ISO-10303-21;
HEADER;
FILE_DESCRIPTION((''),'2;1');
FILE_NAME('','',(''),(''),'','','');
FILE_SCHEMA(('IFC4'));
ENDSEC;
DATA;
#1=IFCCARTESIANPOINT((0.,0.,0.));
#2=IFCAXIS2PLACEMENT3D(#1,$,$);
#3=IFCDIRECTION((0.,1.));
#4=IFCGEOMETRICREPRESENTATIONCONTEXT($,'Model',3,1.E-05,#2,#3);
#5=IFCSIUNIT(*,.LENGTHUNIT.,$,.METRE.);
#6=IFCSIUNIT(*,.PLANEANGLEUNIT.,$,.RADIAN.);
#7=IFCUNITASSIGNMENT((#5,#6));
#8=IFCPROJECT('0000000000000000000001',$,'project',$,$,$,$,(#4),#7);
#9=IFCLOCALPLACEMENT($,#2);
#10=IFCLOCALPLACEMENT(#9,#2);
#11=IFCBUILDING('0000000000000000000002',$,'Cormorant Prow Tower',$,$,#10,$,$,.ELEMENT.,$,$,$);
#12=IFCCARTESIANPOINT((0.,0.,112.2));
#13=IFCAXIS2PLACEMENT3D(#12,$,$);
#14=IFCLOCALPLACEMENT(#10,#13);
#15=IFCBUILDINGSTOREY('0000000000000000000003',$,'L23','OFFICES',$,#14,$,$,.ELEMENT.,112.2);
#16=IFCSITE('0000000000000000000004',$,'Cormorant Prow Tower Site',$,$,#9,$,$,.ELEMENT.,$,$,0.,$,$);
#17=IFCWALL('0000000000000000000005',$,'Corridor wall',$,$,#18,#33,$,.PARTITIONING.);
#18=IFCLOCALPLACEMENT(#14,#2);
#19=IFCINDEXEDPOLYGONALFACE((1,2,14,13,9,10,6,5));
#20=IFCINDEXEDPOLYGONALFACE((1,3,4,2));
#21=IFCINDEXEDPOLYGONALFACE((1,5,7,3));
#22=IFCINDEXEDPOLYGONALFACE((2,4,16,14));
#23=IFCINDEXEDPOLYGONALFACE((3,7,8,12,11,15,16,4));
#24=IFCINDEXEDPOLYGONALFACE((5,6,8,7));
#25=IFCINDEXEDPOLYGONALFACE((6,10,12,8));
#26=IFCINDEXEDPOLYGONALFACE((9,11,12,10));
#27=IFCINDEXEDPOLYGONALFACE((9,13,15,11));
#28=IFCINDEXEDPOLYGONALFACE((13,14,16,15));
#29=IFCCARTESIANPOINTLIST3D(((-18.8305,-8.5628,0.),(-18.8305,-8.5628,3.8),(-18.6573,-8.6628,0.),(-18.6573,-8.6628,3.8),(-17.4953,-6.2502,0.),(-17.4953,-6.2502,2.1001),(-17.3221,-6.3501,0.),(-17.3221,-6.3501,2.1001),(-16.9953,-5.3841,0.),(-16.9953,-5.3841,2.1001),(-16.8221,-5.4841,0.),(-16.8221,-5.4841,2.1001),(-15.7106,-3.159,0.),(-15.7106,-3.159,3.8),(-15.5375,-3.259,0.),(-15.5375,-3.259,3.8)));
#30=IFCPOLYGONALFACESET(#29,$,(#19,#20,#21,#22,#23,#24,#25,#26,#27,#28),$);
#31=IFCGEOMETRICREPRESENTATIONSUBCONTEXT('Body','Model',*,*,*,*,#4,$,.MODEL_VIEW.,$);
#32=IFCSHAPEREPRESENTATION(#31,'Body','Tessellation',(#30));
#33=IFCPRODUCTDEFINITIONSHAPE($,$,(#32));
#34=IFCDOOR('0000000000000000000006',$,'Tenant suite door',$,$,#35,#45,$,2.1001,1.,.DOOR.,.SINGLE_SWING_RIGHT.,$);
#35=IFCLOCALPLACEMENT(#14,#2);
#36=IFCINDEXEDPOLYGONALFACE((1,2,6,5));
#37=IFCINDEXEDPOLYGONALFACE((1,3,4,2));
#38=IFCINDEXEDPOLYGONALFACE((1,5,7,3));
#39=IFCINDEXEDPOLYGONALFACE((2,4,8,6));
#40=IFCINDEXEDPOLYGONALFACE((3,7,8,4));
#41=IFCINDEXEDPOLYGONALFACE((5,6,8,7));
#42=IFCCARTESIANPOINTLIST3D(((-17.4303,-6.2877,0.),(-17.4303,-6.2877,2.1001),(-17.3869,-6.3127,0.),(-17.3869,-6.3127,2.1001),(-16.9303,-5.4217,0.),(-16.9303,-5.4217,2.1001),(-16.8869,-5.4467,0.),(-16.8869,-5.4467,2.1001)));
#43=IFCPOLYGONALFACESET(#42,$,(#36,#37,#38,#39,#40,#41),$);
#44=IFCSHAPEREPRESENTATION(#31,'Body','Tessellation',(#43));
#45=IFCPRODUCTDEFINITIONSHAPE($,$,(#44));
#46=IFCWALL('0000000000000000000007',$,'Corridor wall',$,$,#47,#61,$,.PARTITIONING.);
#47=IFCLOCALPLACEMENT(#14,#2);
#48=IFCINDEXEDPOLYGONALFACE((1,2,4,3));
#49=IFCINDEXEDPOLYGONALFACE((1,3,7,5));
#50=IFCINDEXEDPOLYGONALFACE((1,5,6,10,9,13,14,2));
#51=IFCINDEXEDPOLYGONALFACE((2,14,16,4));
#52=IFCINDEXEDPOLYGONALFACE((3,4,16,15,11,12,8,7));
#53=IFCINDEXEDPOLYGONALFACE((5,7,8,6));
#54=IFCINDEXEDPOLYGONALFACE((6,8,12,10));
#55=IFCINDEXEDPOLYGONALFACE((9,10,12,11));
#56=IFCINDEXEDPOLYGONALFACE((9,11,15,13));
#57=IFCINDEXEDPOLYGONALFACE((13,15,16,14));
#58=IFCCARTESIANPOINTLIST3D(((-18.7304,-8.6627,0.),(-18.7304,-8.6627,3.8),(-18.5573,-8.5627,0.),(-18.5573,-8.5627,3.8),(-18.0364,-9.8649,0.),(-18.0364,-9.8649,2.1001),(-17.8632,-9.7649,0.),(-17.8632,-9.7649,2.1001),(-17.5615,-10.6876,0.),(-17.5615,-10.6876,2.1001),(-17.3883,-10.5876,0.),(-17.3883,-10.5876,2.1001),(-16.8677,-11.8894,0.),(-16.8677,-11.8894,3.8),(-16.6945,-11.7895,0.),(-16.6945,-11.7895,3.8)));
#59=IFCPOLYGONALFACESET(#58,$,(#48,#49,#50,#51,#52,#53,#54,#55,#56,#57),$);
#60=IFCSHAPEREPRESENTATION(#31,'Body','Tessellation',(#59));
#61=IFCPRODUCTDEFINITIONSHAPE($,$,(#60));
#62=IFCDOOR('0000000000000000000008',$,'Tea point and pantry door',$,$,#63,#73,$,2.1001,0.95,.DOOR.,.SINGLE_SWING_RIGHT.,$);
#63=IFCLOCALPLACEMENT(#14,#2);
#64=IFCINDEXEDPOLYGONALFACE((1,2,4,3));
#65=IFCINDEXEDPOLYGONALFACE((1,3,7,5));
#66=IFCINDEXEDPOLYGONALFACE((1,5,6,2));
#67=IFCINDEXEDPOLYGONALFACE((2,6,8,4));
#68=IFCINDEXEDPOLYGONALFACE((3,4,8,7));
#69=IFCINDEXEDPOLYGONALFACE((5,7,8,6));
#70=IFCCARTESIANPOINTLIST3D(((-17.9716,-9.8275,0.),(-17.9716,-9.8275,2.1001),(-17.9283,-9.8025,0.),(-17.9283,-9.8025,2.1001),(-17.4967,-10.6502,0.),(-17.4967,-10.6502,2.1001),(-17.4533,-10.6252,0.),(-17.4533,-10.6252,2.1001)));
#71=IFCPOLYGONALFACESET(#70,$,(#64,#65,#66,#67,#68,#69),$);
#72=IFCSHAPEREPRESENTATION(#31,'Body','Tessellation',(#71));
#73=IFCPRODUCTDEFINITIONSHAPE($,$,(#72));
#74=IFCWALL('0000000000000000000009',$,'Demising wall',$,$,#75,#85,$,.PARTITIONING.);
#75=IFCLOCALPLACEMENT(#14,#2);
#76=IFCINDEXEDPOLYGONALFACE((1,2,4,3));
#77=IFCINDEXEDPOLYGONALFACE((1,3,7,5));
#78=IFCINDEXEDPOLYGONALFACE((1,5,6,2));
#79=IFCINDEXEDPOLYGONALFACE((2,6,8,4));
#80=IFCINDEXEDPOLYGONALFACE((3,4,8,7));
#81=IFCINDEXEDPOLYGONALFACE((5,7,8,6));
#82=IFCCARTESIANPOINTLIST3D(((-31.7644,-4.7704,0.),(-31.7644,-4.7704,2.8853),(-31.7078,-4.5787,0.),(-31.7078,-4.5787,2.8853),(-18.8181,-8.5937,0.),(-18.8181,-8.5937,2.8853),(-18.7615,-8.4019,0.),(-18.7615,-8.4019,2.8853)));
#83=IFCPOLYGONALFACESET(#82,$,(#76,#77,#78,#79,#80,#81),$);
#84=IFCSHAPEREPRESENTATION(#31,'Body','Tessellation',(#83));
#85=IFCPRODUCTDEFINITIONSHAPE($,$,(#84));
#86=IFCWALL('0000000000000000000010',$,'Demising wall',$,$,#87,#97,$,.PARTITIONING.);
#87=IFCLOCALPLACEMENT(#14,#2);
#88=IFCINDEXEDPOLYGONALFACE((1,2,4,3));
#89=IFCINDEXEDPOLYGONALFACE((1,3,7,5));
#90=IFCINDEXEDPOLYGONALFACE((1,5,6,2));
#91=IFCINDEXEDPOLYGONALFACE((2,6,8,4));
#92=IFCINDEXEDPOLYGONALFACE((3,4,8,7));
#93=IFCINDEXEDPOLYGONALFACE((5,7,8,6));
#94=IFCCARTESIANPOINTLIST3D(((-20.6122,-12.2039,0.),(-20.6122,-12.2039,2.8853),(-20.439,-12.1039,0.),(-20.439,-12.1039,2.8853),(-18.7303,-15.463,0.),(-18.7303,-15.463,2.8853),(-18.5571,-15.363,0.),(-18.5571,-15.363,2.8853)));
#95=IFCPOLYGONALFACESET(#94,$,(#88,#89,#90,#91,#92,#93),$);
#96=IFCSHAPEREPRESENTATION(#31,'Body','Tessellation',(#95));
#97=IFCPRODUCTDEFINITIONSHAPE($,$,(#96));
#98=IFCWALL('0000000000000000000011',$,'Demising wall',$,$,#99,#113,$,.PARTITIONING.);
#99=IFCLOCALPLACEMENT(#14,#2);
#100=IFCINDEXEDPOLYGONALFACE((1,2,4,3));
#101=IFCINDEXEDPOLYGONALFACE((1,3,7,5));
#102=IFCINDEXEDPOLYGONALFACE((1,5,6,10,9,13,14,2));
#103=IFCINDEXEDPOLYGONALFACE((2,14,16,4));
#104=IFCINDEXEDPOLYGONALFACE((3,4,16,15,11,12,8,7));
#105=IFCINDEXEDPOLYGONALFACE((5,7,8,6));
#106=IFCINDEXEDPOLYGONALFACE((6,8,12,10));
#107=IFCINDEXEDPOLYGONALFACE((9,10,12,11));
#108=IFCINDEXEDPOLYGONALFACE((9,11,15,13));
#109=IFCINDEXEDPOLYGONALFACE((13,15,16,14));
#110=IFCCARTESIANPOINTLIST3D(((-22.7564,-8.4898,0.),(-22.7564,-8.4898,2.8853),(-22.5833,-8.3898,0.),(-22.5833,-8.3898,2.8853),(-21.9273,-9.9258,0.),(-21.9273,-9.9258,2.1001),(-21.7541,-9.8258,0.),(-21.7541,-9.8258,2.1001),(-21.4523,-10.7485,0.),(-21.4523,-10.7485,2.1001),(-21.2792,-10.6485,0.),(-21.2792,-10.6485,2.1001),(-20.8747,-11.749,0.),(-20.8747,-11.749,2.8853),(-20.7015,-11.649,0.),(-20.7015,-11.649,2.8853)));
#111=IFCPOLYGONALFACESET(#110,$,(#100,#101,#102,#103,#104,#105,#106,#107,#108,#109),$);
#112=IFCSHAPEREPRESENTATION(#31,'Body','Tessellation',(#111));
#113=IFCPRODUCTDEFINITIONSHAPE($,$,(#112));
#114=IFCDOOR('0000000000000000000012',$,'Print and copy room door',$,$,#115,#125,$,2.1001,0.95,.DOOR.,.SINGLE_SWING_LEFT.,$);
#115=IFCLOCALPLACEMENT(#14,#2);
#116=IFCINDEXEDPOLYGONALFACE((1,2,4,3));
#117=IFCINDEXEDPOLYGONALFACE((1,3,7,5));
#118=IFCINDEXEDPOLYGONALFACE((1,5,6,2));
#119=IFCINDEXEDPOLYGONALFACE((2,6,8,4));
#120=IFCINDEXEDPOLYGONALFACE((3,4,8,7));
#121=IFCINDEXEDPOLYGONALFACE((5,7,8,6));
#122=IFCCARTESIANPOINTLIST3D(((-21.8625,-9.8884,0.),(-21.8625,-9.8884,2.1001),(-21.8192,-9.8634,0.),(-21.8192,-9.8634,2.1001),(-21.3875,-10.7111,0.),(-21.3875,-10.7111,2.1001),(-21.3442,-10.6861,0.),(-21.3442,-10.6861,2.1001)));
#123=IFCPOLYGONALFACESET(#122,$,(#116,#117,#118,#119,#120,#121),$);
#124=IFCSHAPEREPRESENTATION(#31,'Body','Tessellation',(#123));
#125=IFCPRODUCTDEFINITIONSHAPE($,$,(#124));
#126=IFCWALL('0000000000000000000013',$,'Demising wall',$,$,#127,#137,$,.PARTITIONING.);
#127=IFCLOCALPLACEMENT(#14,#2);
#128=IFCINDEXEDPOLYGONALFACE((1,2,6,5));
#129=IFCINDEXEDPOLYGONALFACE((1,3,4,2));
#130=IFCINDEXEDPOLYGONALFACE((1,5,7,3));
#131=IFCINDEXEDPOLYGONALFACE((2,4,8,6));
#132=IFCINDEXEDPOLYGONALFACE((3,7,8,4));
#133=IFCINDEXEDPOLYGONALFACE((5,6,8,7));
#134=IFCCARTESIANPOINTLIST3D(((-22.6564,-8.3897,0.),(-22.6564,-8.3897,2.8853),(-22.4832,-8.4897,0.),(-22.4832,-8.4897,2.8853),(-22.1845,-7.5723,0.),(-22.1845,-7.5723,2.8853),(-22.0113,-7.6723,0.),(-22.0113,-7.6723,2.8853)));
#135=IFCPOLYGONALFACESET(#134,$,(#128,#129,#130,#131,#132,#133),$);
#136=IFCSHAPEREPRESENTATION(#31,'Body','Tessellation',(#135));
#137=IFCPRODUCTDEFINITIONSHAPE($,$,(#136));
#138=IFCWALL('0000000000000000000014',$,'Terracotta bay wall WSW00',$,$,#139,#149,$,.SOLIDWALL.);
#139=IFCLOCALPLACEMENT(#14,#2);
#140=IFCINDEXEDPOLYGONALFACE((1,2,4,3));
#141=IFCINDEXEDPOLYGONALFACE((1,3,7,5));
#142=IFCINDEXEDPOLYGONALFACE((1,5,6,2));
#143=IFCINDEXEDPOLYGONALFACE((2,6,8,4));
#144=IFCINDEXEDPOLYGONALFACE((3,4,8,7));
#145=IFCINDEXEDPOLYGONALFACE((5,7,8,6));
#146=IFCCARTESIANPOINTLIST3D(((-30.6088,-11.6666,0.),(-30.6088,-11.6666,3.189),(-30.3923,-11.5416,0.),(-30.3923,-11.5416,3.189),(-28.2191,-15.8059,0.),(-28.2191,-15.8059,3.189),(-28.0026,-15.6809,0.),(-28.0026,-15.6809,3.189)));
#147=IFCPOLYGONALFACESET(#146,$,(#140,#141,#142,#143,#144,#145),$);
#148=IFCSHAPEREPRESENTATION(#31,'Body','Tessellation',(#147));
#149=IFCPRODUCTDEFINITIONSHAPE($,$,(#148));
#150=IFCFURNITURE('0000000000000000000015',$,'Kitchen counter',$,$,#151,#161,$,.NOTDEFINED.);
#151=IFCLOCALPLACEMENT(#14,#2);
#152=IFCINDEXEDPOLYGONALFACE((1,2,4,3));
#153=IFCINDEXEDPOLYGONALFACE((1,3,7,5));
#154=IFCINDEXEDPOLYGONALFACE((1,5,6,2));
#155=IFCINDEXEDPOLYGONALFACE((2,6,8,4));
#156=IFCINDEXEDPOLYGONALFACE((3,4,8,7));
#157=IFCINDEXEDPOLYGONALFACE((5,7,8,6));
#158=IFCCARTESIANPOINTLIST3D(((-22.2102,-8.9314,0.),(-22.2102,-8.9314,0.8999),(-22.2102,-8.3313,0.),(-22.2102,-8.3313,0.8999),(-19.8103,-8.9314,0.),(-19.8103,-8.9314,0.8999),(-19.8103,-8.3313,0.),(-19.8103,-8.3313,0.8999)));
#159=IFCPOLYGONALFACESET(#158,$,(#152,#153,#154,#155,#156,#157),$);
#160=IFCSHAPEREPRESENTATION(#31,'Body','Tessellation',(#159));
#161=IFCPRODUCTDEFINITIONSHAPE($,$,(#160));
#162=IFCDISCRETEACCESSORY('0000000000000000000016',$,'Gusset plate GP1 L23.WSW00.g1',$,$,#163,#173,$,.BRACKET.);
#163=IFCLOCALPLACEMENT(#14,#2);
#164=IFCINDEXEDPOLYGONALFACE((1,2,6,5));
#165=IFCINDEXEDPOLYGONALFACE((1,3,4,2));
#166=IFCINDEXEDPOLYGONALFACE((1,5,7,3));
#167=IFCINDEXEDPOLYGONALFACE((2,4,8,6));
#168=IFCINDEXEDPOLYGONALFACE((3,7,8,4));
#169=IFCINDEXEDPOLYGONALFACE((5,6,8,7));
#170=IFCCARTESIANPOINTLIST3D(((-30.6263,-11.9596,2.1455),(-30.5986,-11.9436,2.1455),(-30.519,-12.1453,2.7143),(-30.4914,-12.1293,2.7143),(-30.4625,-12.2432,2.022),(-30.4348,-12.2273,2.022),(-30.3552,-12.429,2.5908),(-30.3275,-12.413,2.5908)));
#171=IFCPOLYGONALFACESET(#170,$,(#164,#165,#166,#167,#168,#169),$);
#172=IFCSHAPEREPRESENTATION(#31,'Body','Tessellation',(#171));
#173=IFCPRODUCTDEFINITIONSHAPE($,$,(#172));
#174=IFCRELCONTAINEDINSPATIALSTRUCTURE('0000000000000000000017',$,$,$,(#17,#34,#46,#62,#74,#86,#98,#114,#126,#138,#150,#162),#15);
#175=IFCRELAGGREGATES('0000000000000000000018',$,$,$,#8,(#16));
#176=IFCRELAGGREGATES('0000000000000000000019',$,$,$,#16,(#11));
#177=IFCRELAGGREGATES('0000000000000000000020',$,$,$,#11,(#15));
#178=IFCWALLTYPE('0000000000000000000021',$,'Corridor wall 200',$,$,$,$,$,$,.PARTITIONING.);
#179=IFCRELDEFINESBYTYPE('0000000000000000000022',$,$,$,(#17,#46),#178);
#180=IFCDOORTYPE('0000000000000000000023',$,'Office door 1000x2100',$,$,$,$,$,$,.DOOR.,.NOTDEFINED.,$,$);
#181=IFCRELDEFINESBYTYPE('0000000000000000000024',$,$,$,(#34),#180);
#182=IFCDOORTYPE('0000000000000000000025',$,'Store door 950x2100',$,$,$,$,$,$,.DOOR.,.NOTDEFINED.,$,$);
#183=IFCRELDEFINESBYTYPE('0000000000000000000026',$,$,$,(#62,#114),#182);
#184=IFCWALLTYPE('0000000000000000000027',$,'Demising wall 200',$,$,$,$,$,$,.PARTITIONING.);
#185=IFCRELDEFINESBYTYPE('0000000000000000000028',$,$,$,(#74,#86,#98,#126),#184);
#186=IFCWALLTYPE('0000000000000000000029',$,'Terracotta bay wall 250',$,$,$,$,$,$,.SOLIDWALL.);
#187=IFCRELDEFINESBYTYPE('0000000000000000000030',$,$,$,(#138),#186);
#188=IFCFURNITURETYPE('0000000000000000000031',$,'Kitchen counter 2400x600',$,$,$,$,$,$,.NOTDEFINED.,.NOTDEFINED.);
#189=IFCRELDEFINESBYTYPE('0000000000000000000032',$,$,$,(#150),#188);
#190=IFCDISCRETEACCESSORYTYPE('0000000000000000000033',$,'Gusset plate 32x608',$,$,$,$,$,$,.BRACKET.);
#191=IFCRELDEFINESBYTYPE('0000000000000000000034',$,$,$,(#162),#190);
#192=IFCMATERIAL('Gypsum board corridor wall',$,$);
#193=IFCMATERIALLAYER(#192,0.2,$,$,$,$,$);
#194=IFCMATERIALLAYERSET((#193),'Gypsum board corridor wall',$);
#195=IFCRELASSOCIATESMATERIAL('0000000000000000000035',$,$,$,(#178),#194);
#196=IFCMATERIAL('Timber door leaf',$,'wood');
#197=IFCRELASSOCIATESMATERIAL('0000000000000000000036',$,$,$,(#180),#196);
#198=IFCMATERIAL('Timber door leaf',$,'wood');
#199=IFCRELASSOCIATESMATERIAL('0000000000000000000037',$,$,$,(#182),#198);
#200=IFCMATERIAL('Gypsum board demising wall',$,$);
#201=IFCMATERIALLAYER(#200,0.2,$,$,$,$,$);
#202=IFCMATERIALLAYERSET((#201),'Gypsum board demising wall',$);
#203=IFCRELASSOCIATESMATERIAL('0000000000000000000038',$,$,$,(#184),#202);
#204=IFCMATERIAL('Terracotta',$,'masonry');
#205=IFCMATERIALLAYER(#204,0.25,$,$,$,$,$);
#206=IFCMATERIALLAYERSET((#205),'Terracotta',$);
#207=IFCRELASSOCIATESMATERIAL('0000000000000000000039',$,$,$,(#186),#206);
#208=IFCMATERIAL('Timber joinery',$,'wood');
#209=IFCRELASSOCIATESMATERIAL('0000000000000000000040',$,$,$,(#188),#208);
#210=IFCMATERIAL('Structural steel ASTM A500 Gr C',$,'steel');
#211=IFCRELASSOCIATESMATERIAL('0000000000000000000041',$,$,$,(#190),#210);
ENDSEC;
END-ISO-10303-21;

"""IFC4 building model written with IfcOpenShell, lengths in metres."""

from ifc_helpers import new_model, si_unit, direction, frame, frame_2d, origin, origin_2d, place, context, subcontext, project, spatial, rectangle, extrude, material, layer, layer_set, material_profile, profile_set, type_object, element, fill, save


model = new_model("IFC4")

# Units and contexts
model_context = context("Model", 3, precision=1e-05, world=origin(), true_north=direction((0.0, 1.0)))
body_context = subcontext(model_context, "Body", "Model", "MODEL_VIEW")
ifc_project = project(units=[si_unit("LENGTHUNIT", "METRE"), si_unit("PLANEANGLEUNIT", "RADIAN")], contexts=[model_context])

# Site, building, storey
site_placement = place(None, origin())
site = spatial("IfcSite", under=ifc_project, at=site_placement, Name="Cormorant Prow Tower Site", CompositionType="ELEMENT", RefElevation=0.0)
building_placement = place(site_placement, origin())
building = spatial("IfcBuilding", under=site, at=building_placement, Name="Cormorant Prow Tower", CompositionType="ELEMENT")
storey_placement = place(building_placement, frame((0.0, 0.0, 112.2)))
storey = spatial("IfcBuildingStorey", under=building, at=storey_placement, Name="L23", Description="OFFICES", CompositionType="ELEMENT", Elevation=112.2)

# Walls, openings, doors
ifc_material_1 = material(Name="Gypsum board corridor wall")
ifc_layer_1 = layer(ifc_material_1, 0.2)
ifc_layer_set_1 = layer_set([ifc_layer_1], Name="Gypsum board corridor wall")
wall_type_1 = type_object("IfcWallType", Name="Corridor wall 200", PredefinedType="PARTITIONING", material=ifc_layer_set_1)
wall_1_placement = place(storey_placement, frame((-18.7439, -8.6128, 0.0), z_axis=(0.0, 0.0, 1.0), x_axis=(0.499998, 0.866027, 0.0)))
wall_1 = element("IfcWall", 1, at=wall_1_placement, inside=storey, type_object=wall_type_1, Name="Corridor wall", PredefinedType="PARTITIONING", context=body_context, shape_type="SweptSolid", body=[
    extrude(rectangle(XDim=6.2397, YDim=0.2, at=frame_2d((3.1199, 0.0))), origin(), (0.0, 0.0, 1.0), 3.8),
])
opening_1_placement = place(wall_1_placement, frame((2.6704, 0.0, 0.0)))
opening_1 = element("IfcOpeningElement", 2, at=opening_1_placement, cuts=wall_1, PredefinedType="OPENING", context=body_context, shape_type="SweptSolid", body=[
    extrude(rectangle(XDim=1.0, YDim=2.1001, at=frame_2d((0.5, 1.05))), frame((0.0, 0.1099, 0.0), z_axis=(0.0, -1.0, 0.0), x_axis=(1.0, 0.0, 0.0)), (0.0, 0.0, 1.0), 0.22),
])
ifc_material_2 = material(Name="Timber door leaf", Category="wood")
door_type_1 = type_object("IfcDoorType", Name="Office door 1000x2100", OperationType="NOTDEFINED", PredefinedType="DOOR", material=ifc_material_2)
door_1_placement = place(opening_1_placement, origin())
door_1 = element("IfcDoor", 3, at=door_1_placement, inside=storey, type_object=door_type_1, Name="Tenant suite door", OperationType="SINGLE_SWING_RIGHT", OverallHeight=2.1001, OverallWidth=1.0, PredefinedType="DOOR", context=body_context, shape_type="SweptSolid", body=[
    extrude(rectangle(XDim=1.0, YDim=2.1001, at=frame_2d((0.5, 1.05))), frame((0.0, 0.0249, 0.0), z_axis=(0.0, -1.0, 0.0), x_axis=(1.0, 0.0, 0.0)), (0.0, 0.0, 1.0), 0.05),
])
fill(opening_1, door_1)
wall_2_placement = place(storey_placement, frame((-18.6438, -8.6128, 0.0), z_axis=(0.0, 0.0, 1.0), x_axis=(0.499959, -0.866049, 0.0)))
wall_2 = element("IfcWall", 4, at=wall_2_placement, inside=storey, type_object=wall_type_1, Name="Corridor wall", PredefinedType="PARTITIONING", context=body_context, shape_type="SweptSolid", body=[
    extrude(rectangle(XDim=3.7258, YDim=0.2, at=frame_2d((1.8628, 0.0))), origin(), (0.0, 0.0, 1.0), 3.8),
])
opening_2_placement = place(wall_2_placement, frame((1.3879, 0.0, 0.0)))
opening_2 = element("IfcOpeningElement", 5, at=opening_2_placement, cuts=wall_2, PredefinedType="OPENING", context=body_context, shape_type="SweptSolid", body=[
    extrude(rectangle(XDim=0.95, YDim=2.1001, at=frame_2d((0.4751, 1.05))), frame((0.0, 0.1099, 0.0), z_axis=(0.0, -1.0, 0.0), x_axis=(1.0, 0.0, 0.0)), (0.0, 0.0, 1.0), 0.22),
])
ifc_material_3 = material(Name="Timber door leaf", Category="wood")
door_type_2 = type_object("IfcDoorType", Name="Store door 950x2100", OperationType="NOTDEFINED", PredefinedType="DOOR", material=ifc_material_3)
door_2_placement = place(opening_2_placement, origin())
door_2 = element("IfcDoor", 6, at=door_2_placement, inside=storey, type_object=door_type_2, Name="Tea point and pantry door", OperationType="SINGLE_SWING_RIGHT", OverallHeight=2.1001, OverallWidth=0.95, PredefinedType="DOOR", context=body_context, shape_type="SweptSolid", body=[
    extrude(rectangle(XDim=0.95, YDim=2.1001, at=frame_2d((0.4751, 1.05))), frame((0.0, 0.0249, 0.0), z_axis=(0.0, -1.0, 0.0), x_axis=(1.0, 0.0, 0.0)), (0.0, 0.0, 1.0), 0.05),
])
fill(opening_2, door_2)

# Walls
ifc_material_4 = material(Name="Gypsum board demising wall")
ifc_layer_2 = layer(ifc_material_4, 0.2)
ifc_layer_set_2 = layer_set([ifc_layer_2], Name="Gypsum board demising wall")
wall_type_2 = type_object("IfcWallType", Name="Demising wall 200", PredefinedType="PARTITIONING", material=ifc_layer_set_2)
wall_3_placement = place(storey_placement, frame((-31.7361, -4.6746, 0.0), z_axis=(0.0, 0.0, 1.0), x_axis=(0.959054, -0.283224, 0.0)))
element("IfcWall", 7, at=wall_3_placement, inside=storey, type_object=wall_type_2, Name="Demising wall", PredefinedType="PARTITIONING", context=body_context, shape_type="SweptSolid", body=[
    extrude(rectangle(XDim=13.499, YDim=0.2, at=frame_2d((6.7495, 0.0))), origin(), (0.0, 0.0, 1.0), 2.8853),
])
wall_4_placement = place(storey_placement, frame((-20.5256, -12.1538, 0.0), z_axis=(0.0, 0.0, 1.0), x_axis=(0.500046, -0.865999, 0.0)))
element("IfcWall", 8, at=wall_4_placement, inside=storey, type_object=wall_type_2, Name="Demising wall", PredefinedType="PARTITIONING", context=body_context, shape_type="SweptSolid", body=[
    extrude(rectangle(XDim=3.7634, YDim=0.2, at=frame_2d((1.8818, 0.0))), origin(), (0.0, 0.0, 1.0), 2.8853),
])

# Wall, opening, door
wall_5_placement = place(storey_placement, frame((-22.6699, -8.4397, 0.0), z_axis=(0.0, 0.0, 1.0), x_axis=(0.500018, -0.866015, 0.0)))
wall_5 = element("IfcWall", 9, at=wall_5_placement, inside=storey, type_object=wall_type_2, Name="Demising wall", PredefinedType="PARTITIONING", context=body_context, shape_type="SweptSolid", body=[
    extrude(rectangle(XDim=3.7634, YDim=0.2, at=frame_2d((1.8818, 0.0))), origin(), (0.0, 0.0, 1.0), 2.8853),
])
opening_3_placement = place(wall_5_placement, frame((1.6582, 0.0, 0.0)))
opening_3 = element("IfcOpeningElement", 10, at=opening_3_placement, cuts=wall_5, PredefinedType="OPENING", context=body_context, shape_type="SweptSolid", body=[
    extrude(rectangle(XDim=0.95, YDim=2.1001, at=frame_2d((0.4751, 1.05))), frame((0.0, 0.1099, 0.0), z_axis=(0.0, -1.0, 0.0), x_axis=(1.0, 0.0, 0.0)), (0.0, 0.0, 1.0), 0.22),
])
door_3_placement = place(opening_3_placement, origin())
door_3 = element("IfcDoor", 11, at=door_3_placement, inside=storey, type_object=door_type_2, Name="Print and copy room door", OperationType="SINGLE_SWING_LEFT", OverallHeight=2.1001, OverallWidth=0.95, PredefinedType="DOOR", context=body_context, shape_type="SweptSolid", body=[
    extrude(rectangle(XDim=0.95, YDim=2.1001, at=frame_2d((0.4751, 1.05))), frame((0.0, 0.0249, 0.0), z_axis=(0.0, -1.0, 0.0), x_axis=(1.0, 0.0, 0.0)), (0.0, 0.0, 1.0), 0.05),
])
fill(opening_3, door_3)

# Walls
wall_6_placement = place(storey_placement, frame((-22.5698, -8.4397, 0.0), z_axis=(0.0, 0.0, 1.0), x_axis=(0.500006, 0.866022, 0.0)))
element("IfcWall", 12, at=wall_6_placement, inside=storey, type_object=wall_type_2, Name="Demising wall", PredefinedType="PARTITIONING", context=body_context, shape_type="SweptSolid", body=[
    extrude(rectangle(XDim=0.9438, YDim=0.2, at=frame_2d((0.4719, 0.0))), origin(), (0.0, 0.0, 1.0), 2.8853),
])
ifc_material_5 = material(Name="Terracotta", Category="masonry")
ifc_layer_3 = layer(ifc_material_5, 0.25)
ifc_layer_set_3 = layer_set([ifc_layer_3], Name="Terracotta")
wall_type_3 = type_object("IfcWallType", Name="Terracotta bay wall 250", PredefinedType="SOLIDWALL", material=ifc_layer_set_3)
wall_7_placement = place(storey_placement, frame((-30.5005, -11.6042, 0.0), z_axis=(0.0, 0.0, 1.0), x_axis=(0.499985, -0.866034, 0.0)))
element("IfcWall", 13, at=wall_7_placement, inside=storey, type_object=wall_type_3, Name="Terracotta bay wall WSW00", PredefinedType="SOLIDWALL", context=body_context, shape_type="SweptSolid", body=[
    extrude(rectangle(XDim=4.7795, YDim=0.25, at=frame_2d((2.3896, 0.0))), origin(), (0.0, 0.0, 1.0), 3.189),
])

# Furniture
ifc_material_6 = material(Name="Timber joinery", Category="wood")
furniture_type = type_object("IfcFurnitureType", Name="Kitchen counter 2400x600", AssemblyPlace="NOTDEFINED", PredefinedType="NOTDEFINED", material=ifc_material_6)
furniture_placement = place(storey_placement, frame((-21.0103, -8.6313, 0.0), z_axis=(0.0, 0.0, 1.0), x_axis=(1.0, 0.0, 0.0)))
element("IfcFurniture", 14, at=furniture_placement, inside=storey, type_object=furniture_type, Name="Kitchen counter", PredefinedType="NOTDEFINED", context=body_context, shape_type="SweptSolid", body=[
    extrude(rectangle(XDim=2.3999, YDim=0.6001, at=origin_2d()), origin(), (0.0, 0.0, 1.0), 0.8999),
])

# Discrete accessory
ifc_material_7 = material(Name="Structural steel ASTM A500 Gr C", Category="steel")
ifc_material_profile_1 = material_profile(ifc_material_7, rectangle(XDim=0.032, YDim=0.6079, at=origin_2d()), Name="Gusset plate 32x608")
ifc_profile_set_1 = profile_set([ifc_material_profile_1], Name="Structural steel ASTM A500 Gr C")
discrete_accessory_type = type_object("IfcDiscreteAccessoryType", Name="Gusset plate 32x608", PredefinedType="BRACKET", material=ifc_profile_set_1)
discrete_accessory_placement = place(storey_placement, frame((-30.395, -12.3281, 2.3064), z_axis=(-0.467903, 0.810288, 0.352845), x_axis=(-0.865987, -0.500067, 0.0)))
element("IfcDiscreteAccessory", 15, at=discrete_accessory_placement, inside=storey, type_object=discrete_accessory_type, Name="Gusset plate GP1 L23.WSW00.g1", PredefinedType="BRACKET", context=body_context, shape_type="SweptSolid", body=[
    extrude(rectangle(XDim=0.032, YDim=0.6079, at=origin_2d()), origin(), (0.0, 0.0, 1.0), 0.3501),
])

save(model, "model.ifc")
